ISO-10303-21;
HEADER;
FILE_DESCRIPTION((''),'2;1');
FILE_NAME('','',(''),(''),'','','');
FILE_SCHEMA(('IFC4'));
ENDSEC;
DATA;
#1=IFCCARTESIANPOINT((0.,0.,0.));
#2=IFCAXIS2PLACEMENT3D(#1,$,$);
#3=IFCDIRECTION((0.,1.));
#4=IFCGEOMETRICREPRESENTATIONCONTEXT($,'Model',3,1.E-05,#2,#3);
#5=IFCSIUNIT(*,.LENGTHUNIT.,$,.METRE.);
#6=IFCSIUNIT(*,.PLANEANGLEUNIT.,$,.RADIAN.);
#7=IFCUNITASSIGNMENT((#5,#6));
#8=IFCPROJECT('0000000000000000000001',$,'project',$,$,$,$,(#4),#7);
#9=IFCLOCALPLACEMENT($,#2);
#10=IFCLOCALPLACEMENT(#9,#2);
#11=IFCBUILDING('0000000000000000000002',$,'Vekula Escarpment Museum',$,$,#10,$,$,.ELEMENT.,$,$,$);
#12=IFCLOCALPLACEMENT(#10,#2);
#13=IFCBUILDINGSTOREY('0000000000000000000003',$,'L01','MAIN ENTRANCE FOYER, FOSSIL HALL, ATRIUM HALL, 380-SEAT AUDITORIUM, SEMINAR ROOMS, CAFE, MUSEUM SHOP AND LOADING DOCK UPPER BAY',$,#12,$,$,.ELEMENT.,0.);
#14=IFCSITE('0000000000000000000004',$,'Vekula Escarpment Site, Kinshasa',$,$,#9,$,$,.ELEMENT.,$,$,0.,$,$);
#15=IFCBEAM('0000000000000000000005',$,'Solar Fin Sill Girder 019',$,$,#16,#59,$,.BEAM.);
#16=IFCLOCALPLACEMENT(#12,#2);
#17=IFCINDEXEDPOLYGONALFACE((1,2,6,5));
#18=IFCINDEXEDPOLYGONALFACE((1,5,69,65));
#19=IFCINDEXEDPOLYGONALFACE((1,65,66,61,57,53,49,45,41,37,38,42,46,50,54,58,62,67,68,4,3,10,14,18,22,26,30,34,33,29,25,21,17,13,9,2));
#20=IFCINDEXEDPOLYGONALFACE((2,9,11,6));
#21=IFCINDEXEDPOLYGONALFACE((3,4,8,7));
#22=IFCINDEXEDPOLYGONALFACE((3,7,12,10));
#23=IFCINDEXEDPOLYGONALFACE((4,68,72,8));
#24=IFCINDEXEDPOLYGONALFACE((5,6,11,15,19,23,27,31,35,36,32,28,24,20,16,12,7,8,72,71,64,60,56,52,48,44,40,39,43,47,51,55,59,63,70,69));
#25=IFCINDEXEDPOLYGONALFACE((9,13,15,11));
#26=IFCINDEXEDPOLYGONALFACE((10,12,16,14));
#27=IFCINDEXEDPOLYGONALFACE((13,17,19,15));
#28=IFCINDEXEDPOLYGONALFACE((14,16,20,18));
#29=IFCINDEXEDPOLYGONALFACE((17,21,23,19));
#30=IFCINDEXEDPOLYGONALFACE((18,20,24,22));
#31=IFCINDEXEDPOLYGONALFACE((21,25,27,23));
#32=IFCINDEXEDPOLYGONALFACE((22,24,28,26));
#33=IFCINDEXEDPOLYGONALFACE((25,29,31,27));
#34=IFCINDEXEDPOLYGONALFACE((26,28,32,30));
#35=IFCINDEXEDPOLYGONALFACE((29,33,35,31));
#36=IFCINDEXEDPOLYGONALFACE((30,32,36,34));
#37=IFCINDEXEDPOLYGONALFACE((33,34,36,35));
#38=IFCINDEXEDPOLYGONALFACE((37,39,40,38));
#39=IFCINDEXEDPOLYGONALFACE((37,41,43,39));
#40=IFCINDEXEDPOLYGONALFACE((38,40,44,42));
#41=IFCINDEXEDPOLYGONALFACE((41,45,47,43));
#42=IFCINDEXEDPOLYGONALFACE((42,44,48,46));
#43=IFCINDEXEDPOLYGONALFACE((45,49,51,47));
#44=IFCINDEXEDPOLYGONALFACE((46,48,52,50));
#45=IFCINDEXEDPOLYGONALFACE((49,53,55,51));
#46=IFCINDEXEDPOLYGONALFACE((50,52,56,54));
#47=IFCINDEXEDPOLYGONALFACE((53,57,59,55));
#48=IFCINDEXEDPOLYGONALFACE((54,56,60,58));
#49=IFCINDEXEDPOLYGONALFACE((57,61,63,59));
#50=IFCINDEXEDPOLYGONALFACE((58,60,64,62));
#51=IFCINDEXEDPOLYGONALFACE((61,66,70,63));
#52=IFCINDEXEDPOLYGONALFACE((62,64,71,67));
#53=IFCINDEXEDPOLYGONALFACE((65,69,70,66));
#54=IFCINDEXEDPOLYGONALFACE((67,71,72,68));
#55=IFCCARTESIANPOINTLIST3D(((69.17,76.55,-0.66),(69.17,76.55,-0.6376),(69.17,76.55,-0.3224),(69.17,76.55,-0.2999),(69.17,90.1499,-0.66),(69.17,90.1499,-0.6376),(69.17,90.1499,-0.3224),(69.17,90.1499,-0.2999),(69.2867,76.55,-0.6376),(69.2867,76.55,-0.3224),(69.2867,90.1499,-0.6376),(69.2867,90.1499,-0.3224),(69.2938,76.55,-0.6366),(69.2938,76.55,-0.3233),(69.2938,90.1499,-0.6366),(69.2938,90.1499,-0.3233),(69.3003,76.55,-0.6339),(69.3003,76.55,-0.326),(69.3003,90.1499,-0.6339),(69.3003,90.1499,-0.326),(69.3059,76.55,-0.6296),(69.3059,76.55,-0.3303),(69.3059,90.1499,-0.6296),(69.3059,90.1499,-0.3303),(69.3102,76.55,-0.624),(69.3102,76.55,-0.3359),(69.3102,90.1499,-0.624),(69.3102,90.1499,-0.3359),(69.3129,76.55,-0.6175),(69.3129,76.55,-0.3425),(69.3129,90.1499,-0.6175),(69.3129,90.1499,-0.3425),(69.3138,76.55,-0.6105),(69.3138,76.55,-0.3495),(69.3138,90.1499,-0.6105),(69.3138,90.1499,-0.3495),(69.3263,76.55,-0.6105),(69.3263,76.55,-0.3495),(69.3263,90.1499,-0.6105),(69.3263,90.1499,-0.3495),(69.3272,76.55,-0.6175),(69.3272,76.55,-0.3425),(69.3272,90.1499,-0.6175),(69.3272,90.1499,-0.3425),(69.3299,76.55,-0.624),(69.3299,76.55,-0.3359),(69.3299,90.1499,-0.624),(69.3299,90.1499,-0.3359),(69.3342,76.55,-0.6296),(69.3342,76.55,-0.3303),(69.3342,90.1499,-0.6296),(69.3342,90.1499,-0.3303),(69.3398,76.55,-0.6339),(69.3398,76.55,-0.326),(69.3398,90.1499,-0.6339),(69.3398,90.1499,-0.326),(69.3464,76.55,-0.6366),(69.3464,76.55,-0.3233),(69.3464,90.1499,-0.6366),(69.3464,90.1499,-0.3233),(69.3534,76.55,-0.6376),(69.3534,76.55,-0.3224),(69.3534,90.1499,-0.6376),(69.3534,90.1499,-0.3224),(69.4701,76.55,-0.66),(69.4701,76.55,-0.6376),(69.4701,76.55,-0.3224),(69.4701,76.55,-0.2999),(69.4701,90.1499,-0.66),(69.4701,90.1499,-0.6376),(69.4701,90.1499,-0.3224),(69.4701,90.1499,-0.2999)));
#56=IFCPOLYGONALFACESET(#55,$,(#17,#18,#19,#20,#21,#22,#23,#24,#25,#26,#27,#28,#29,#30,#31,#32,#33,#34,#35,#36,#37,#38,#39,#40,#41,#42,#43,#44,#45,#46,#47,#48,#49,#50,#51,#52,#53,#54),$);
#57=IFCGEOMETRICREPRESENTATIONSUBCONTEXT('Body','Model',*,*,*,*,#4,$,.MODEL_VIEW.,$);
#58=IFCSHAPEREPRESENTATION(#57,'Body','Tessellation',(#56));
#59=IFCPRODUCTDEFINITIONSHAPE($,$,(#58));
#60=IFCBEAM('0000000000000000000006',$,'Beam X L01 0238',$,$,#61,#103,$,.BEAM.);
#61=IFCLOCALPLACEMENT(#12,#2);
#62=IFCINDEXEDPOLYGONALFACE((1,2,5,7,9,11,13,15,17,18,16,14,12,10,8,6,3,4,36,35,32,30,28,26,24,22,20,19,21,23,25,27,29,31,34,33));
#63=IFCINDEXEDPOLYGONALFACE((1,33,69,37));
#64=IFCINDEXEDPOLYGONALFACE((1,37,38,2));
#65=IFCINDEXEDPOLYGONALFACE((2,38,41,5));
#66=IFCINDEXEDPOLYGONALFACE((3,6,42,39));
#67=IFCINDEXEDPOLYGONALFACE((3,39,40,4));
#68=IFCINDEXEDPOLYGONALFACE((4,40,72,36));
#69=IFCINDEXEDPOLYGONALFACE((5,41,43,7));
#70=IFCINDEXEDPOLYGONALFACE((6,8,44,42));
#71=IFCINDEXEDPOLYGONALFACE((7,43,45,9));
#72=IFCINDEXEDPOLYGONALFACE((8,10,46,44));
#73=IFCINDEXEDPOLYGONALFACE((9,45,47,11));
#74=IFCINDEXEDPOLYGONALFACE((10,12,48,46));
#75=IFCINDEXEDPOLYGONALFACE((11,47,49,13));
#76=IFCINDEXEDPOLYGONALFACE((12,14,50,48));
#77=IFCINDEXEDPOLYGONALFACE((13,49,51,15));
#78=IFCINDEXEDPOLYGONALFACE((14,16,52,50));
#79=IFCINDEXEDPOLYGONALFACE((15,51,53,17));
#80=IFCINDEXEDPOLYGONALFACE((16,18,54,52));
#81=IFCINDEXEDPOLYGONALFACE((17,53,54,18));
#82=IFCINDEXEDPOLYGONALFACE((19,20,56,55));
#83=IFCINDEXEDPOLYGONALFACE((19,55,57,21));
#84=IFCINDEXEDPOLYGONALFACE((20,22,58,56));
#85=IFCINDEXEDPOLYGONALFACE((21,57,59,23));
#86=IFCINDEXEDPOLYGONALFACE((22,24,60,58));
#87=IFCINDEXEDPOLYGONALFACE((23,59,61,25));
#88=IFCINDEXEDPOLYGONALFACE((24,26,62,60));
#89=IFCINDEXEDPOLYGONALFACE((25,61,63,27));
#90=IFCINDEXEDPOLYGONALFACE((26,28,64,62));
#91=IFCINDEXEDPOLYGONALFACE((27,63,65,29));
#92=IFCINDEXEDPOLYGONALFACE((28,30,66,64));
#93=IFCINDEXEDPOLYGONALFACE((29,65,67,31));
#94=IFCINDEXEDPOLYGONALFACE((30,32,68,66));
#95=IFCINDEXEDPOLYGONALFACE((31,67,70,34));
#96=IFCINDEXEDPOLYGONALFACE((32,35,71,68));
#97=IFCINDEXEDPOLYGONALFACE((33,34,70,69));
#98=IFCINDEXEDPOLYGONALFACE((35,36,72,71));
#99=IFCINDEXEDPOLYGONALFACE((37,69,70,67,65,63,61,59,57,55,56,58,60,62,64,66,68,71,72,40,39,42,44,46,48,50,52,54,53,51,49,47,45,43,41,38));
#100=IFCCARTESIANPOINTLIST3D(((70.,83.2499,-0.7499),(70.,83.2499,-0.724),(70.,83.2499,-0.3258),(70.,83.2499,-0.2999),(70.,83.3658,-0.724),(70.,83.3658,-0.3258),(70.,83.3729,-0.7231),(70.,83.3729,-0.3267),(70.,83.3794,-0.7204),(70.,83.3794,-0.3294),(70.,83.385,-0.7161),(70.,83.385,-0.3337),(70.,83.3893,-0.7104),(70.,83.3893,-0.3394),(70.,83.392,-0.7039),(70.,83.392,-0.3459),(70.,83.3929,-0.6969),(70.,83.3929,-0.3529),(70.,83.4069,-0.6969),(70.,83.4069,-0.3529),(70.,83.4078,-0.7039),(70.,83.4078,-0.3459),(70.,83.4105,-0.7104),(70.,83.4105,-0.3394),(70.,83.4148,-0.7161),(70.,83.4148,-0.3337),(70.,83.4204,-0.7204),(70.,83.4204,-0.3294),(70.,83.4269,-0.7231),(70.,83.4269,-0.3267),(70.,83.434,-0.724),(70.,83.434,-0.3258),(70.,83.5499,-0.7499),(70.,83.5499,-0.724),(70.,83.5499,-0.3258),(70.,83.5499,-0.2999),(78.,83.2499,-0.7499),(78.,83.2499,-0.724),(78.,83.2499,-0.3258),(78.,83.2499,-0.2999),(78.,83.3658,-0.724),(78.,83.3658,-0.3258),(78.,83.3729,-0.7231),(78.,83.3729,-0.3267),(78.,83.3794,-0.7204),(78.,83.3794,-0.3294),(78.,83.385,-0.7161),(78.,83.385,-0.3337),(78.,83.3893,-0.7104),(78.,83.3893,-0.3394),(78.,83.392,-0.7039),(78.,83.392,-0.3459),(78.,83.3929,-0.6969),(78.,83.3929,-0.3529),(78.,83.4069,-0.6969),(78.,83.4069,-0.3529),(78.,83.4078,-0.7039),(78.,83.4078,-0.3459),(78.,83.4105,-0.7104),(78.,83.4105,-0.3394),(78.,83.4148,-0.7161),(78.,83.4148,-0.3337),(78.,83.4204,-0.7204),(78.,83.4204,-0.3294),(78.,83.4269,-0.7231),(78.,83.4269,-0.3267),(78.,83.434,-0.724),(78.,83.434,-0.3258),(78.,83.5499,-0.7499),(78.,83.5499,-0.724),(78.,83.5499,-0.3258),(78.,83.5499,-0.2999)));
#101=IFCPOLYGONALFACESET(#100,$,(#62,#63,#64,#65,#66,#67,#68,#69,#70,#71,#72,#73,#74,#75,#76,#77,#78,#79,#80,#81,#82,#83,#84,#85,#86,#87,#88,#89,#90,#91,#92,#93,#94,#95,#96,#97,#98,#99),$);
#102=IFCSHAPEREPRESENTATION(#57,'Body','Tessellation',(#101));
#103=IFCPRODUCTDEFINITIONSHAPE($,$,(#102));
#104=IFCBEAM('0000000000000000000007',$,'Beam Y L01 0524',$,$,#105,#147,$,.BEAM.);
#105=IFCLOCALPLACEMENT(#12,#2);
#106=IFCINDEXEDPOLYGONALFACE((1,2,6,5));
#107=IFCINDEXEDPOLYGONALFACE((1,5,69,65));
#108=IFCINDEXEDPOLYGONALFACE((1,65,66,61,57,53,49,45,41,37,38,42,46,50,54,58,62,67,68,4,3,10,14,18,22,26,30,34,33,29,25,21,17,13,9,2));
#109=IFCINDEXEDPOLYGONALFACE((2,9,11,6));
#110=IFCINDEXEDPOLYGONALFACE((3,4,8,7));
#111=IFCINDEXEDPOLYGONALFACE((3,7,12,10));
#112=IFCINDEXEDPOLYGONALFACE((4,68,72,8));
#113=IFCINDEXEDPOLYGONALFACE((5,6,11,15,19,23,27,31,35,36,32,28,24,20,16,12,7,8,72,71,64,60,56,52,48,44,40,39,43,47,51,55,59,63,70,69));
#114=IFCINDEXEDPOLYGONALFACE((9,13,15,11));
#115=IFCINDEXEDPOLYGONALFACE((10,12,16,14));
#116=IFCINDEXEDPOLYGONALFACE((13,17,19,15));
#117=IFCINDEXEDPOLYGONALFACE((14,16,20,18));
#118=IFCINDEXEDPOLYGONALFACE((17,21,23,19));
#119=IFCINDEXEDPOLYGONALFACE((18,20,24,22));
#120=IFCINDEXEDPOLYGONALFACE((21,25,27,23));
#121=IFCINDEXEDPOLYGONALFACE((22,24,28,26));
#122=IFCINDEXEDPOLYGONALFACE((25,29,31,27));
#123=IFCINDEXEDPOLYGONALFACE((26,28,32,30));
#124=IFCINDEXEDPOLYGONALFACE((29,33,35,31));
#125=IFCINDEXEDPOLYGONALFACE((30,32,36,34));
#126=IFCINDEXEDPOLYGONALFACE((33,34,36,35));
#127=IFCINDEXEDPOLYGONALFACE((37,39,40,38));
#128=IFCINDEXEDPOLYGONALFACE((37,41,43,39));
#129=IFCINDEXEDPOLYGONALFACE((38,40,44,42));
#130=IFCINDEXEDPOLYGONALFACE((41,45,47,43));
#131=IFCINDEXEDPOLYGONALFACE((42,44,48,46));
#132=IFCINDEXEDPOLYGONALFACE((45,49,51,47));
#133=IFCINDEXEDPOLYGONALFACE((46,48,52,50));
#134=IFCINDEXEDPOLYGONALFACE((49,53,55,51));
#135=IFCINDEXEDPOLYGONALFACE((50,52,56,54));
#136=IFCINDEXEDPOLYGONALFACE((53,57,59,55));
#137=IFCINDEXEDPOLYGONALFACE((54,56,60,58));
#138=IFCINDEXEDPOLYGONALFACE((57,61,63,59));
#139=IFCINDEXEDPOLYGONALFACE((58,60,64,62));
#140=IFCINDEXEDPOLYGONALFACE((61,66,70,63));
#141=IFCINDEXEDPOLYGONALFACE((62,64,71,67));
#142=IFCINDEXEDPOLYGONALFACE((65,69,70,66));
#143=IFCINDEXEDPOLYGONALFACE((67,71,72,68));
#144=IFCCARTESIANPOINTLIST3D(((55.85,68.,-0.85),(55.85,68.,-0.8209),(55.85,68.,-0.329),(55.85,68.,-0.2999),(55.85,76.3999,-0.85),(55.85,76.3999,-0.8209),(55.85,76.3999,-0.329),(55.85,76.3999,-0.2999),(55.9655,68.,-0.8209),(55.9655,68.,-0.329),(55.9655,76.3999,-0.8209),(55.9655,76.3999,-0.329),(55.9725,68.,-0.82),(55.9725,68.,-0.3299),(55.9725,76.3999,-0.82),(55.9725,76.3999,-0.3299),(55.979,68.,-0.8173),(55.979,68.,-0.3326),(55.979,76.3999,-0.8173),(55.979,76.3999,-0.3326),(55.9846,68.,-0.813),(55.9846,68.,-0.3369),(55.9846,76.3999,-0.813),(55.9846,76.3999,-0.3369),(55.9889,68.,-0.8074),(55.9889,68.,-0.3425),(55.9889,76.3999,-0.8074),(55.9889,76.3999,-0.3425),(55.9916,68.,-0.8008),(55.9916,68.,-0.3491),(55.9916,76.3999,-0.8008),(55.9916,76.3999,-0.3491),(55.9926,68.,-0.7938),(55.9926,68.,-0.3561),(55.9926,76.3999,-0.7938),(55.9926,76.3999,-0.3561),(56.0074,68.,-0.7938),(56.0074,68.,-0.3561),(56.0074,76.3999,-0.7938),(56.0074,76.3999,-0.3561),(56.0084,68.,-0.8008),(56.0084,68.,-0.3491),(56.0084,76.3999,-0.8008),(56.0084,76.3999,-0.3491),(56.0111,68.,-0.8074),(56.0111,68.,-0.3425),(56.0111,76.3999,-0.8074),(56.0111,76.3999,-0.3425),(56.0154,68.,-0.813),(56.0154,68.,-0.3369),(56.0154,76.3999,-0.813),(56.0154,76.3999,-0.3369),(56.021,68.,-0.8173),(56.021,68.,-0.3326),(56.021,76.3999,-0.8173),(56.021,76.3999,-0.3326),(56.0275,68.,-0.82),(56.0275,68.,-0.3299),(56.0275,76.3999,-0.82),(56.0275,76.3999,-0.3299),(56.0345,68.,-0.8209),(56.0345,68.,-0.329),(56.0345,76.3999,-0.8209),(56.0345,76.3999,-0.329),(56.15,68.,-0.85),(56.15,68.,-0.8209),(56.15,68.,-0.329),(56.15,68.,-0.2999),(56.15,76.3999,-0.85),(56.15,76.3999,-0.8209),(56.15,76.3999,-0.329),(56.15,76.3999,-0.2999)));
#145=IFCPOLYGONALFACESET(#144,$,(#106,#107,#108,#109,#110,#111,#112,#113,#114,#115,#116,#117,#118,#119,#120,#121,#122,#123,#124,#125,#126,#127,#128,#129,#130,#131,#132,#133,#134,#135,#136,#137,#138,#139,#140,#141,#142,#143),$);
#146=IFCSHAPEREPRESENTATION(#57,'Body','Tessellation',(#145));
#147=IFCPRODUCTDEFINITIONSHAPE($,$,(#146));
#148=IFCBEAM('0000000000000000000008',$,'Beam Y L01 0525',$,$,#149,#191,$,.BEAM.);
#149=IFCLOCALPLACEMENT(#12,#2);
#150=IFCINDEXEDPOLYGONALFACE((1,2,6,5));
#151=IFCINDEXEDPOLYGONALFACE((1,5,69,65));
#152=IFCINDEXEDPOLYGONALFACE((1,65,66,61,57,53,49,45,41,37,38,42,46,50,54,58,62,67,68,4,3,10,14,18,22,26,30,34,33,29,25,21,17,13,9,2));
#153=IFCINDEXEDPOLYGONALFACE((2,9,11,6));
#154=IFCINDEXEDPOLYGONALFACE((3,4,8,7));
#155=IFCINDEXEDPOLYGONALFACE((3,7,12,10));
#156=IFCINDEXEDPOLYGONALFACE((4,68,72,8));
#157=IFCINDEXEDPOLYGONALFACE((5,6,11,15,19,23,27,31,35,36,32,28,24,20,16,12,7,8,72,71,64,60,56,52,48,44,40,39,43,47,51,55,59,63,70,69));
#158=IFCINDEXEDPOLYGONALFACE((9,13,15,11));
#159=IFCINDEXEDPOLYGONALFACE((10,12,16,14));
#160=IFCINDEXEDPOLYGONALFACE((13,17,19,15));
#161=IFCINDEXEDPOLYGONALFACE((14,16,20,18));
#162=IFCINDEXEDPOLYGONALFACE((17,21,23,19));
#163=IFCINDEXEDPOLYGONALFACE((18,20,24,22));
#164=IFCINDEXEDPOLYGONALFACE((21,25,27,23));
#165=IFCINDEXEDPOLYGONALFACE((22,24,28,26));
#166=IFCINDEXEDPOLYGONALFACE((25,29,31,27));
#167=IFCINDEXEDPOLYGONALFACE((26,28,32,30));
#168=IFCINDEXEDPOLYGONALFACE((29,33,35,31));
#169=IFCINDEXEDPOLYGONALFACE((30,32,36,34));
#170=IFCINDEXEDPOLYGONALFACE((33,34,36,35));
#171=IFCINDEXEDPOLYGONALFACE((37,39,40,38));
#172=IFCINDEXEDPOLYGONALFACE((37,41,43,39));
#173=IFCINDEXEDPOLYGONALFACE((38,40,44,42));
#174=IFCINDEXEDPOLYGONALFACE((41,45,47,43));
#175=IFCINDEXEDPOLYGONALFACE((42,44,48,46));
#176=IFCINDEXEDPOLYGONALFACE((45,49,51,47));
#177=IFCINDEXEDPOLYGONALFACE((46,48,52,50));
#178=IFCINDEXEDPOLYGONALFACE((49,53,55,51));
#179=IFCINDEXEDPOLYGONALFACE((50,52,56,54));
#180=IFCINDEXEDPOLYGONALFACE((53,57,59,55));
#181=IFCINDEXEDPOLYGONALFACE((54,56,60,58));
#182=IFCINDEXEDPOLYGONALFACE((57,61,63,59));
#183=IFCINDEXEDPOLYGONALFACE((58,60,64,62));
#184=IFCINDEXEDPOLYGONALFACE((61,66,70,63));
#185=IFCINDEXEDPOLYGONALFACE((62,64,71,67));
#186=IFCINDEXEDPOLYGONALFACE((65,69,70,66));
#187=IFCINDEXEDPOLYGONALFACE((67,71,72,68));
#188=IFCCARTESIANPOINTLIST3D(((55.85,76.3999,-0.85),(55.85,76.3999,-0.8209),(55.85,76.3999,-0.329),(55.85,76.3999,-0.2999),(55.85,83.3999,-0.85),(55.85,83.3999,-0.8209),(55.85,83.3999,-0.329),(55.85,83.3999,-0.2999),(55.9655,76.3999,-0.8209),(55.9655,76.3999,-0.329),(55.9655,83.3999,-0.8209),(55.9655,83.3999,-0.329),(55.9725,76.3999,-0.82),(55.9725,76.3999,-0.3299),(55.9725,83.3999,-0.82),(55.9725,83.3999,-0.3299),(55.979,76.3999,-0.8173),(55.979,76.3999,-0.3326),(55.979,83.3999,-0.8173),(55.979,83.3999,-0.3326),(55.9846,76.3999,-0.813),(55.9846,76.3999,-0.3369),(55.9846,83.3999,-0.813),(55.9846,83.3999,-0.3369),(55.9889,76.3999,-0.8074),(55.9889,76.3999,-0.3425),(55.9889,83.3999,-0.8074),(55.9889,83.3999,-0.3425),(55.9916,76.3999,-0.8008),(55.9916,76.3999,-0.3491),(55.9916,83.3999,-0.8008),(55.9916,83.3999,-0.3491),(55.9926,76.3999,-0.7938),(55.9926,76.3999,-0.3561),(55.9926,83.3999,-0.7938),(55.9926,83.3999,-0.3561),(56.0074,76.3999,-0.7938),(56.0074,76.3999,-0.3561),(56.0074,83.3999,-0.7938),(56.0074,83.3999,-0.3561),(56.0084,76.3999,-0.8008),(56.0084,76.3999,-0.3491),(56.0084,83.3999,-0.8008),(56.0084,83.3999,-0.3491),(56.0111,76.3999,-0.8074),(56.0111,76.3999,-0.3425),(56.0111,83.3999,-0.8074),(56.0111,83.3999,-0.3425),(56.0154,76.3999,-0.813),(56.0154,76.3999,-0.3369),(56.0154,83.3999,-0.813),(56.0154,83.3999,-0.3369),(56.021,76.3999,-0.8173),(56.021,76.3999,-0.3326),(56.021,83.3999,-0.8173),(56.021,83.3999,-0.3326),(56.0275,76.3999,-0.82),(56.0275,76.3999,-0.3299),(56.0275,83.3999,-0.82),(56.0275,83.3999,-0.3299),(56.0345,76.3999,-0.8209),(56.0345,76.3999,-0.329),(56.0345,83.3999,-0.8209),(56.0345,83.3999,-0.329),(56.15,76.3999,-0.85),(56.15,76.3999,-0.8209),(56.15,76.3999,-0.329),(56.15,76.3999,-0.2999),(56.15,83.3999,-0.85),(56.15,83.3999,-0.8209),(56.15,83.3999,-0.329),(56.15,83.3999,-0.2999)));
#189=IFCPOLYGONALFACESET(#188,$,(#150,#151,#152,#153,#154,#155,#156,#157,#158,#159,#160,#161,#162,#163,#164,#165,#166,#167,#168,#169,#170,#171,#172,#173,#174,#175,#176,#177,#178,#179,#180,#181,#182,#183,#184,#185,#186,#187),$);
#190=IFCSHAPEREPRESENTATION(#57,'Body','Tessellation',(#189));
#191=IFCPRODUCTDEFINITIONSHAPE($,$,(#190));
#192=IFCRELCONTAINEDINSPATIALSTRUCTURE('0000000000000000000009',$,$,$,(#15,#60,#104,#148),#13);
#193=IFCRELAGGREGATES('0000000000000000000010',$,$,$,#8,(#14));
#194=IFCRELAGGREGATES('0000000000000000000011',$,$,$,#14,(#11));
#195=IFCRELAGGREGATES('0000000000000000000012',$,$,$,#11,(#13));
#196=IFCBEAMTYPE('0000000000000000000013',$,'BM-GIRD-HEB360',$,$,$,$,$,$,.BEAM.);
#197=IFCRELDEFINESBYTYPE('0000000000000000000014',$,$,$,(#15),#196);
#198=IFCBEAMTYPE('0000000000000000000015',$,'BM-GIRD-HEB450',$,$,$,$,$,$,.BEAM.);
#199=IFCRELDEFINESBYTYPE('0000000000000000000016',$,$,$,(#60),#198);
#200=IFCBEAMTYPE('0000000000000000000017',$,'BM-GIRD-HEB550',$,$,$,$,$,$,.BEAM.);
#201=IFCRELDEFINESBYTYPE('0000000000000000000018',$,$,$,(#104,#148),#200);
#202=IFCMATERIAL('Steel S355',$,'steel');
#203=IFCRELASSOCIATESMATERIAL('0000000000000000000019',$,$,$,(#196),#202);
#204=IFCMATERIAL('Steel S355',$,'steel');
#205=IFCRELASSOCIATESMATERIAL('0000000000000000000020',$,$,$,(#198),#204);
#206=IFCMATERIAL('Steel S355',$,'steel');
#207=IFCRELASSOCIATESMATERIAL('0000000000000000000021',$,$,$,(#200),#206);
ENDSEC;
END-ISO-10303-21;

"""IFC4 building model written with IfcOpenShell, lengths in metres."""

from ifc_helpers import new_model, si_unit, direction, frame, origin, origin_2d, place, context, subcontext, project, spatial, i_section, extrude, material, material_profile, profile_set, type_object, element, save


model = new_model("IFC4")

# Units and contexts
model_context = context("Model", 3, precision=1e-05, world=origin(), true_north=direction((0.0, 1.0)))
body_context = subcontext(model_context, "Body", "Model", "MODEL_VIEW")
ifc_project = project(units=[si_unit("LENGTHUNIT", "METRE"), si_unit("PLANEANGLEUNIT", "RADIAN")], contexts=[model_context])

# Site, building, storey
site_placement = place(None, origin())
site = spatial("IfcSite", under=ifc_project, at=site_placement, Name="Vekula Escarpment Site, Kinshasa", CompositionType="ELEMENT", RefElevation=0.0)
building_placement = place(site_placement, origin())
building = spatial("IfcBuilding", under=site, at=building_placement, Name="Vekula Escarpment Museum", CompositionType="ELEMENT")
storey_placement = place(building_placement, origin())
storey = spatial("IfcBuildingStorey", under=building, at=storey_placement, Name="L01", Description="MAIN ENTRANCE FOYER, FOSSIL HALL, ATRIUM HALL, 380-SEAT AUDITORIUM, SEMINAR ROOMS, CAFE, MUSEUM SHOP AND LOADING DOCK UPPER BAY", CompositionType="ELEMENT", Elevation=0.0)

# Beams
ifc_material_1 = material(Name="Steel S355", Category="steel")
ifc_material_profile_1 = material_profile(ifc_material_1, i_section(OverallWidth=0.3, OverallDepth=0.3601, WebThickness=0.0125, FlangeThickness=0.0225, FilletRadius=0.0271, at=origin_2d()), Name="HEB 360")
ifc_profile_set_1 = profile_set([ifc_material_profile_1], Name="Steel S355")
beam_type_1 = type_object("IfcBeamType", Name="BM-GIRD-HEB360", PredefinedType="BEAM", material=ifc_profile_set_1)
beam_1_placement = place(storey_placement, frame((69.3201, 76.55, -0.48), z_axis=(0.0, 1.0, 0.0), x_axis=(-1.0, 0.0, 0.0)))
element("IfcBeam", 1, at=beam_1_placement, inside=storey, type_object=beam_type_1, Name="Solar Fin Sill Girder 019", PredefinedType="BEAM", context=body_context, shape_type="SweptSolid", body=[
    extrude(i_section(OverallWidth=0.3, OverallDepth=0.3601, WebThickness=0.0125, FlangeThickness=0.0225, FilletRadius=0.0271, at=origin_2d()), origin(), (0.0, 0.0, 1.0), 13.5999),
])
ifc_material_2 = material(Name="Steel S355", Category="steel")
ifc_material_profile_2 = material_profile(ifc_material_2, i_section(OverallWidth=0.3, OverallDepth=0.45, WebThickness=0.0139, FlangeThickness=0.0259, FilletRadius=0.0271, at=origin_2d()), Name="HEB 450")
ifc_profile_set_2 = profile_set([ifc_material_profile_2], Name="Steel S355")
beam_type_2 = type_object("IfcBeamType", Name="BM-GIRD-HEB450", PredefinedType="BEAM", material=ifc_profile_set_2)
beam_2_placement = place(storey_placement, frame((70.0, 83.3999, -0.5249), z_axis=(1.0, 0.0, 0.0), x_axis=(0.0, 1.0, 0.0)))
element("IfcBeam", 2, at=beam_2_placement, inside=storey, type_object=beam_type_2, Name="Beam X L01 0238", PredefinedType="BEAM", context=body_context, shape_type="SweptSolid", body=[
    extrude(i_section(OverallWidth=0.3, OverallDepth=0.45, WebThickness=0.0139, FlangeThickness=0.0259, FilletRadius=0.0271, at=origin_2d()), origin(), (0.0, 0.0, 1.0), 8.0),
])
ifc_material_3 = material(Name="Steel S355", Category="steel")
ifc_material_profile_3 = material_profile(ifc_material_3, i_section(OverallWidth=0.3, OverallDepth=0.55, WebThickness=0.0149, FlangeThickness=0.0291, FilletRadius=0.0271, at=origin_2d()), Name="HEB 550")
ifc_profile_set_3 = profile_set([ifc_material_profile_3], Name="Steel S355")
beam_type_3 = type_object("IfcBeamType", Name="BM-GIRD-HEB550", PredefinedType="BEAM", material=ifc_profile_set_3)
beam_3_placement = place(storey_placement, frame((56.0, 68.0, -0.575), z_axis=(0.0, 1.0, 0.0), x_axis=(-1.0, 0.0, 0.0)))
element("IfcBeam", 3, at=beam_3_placement, inside=storey, type_object=beam_type_3, Name="Beam Y L01 0524", PredefinedType="BEAM", context=body_context, shape_type="SweptSolid", body=[
    extrude(i_section(OverallWidth=0.3, OverallDepth=0.55, WebThickness=0.0149, FlangeThickness=0.0291, FilletRadius=0.0271, at=origin_2d()), origin(), (0.0, 0.0, 1.0), 8.3999),
])
beam_4_placement = place(storey_placement, frame((56.0, 76.3999, -0.575), z_axis=(0.0, 1.0, 0.0), x_axis=(-1.0, 0.0, 0.0)))
element("IfcBeam", 4, at=beam_4_placement, inside=storey, type_object=beam_type_3, Name="Beam Y L01 0525", PredefinedType="BEAM", context=body_context, shape_type="SweptSolid", body=[
    extrude(i_section(OverallWidth=0.3, OverallDepth=0.55, WebThickness=0.0149, FlangeThickness=0.0291, FilletRadius=0.0271, at=origin_2d()), origin(), (0.0, 0.0, 1.0), 7.0),
])

save(model, "model.ifc")
